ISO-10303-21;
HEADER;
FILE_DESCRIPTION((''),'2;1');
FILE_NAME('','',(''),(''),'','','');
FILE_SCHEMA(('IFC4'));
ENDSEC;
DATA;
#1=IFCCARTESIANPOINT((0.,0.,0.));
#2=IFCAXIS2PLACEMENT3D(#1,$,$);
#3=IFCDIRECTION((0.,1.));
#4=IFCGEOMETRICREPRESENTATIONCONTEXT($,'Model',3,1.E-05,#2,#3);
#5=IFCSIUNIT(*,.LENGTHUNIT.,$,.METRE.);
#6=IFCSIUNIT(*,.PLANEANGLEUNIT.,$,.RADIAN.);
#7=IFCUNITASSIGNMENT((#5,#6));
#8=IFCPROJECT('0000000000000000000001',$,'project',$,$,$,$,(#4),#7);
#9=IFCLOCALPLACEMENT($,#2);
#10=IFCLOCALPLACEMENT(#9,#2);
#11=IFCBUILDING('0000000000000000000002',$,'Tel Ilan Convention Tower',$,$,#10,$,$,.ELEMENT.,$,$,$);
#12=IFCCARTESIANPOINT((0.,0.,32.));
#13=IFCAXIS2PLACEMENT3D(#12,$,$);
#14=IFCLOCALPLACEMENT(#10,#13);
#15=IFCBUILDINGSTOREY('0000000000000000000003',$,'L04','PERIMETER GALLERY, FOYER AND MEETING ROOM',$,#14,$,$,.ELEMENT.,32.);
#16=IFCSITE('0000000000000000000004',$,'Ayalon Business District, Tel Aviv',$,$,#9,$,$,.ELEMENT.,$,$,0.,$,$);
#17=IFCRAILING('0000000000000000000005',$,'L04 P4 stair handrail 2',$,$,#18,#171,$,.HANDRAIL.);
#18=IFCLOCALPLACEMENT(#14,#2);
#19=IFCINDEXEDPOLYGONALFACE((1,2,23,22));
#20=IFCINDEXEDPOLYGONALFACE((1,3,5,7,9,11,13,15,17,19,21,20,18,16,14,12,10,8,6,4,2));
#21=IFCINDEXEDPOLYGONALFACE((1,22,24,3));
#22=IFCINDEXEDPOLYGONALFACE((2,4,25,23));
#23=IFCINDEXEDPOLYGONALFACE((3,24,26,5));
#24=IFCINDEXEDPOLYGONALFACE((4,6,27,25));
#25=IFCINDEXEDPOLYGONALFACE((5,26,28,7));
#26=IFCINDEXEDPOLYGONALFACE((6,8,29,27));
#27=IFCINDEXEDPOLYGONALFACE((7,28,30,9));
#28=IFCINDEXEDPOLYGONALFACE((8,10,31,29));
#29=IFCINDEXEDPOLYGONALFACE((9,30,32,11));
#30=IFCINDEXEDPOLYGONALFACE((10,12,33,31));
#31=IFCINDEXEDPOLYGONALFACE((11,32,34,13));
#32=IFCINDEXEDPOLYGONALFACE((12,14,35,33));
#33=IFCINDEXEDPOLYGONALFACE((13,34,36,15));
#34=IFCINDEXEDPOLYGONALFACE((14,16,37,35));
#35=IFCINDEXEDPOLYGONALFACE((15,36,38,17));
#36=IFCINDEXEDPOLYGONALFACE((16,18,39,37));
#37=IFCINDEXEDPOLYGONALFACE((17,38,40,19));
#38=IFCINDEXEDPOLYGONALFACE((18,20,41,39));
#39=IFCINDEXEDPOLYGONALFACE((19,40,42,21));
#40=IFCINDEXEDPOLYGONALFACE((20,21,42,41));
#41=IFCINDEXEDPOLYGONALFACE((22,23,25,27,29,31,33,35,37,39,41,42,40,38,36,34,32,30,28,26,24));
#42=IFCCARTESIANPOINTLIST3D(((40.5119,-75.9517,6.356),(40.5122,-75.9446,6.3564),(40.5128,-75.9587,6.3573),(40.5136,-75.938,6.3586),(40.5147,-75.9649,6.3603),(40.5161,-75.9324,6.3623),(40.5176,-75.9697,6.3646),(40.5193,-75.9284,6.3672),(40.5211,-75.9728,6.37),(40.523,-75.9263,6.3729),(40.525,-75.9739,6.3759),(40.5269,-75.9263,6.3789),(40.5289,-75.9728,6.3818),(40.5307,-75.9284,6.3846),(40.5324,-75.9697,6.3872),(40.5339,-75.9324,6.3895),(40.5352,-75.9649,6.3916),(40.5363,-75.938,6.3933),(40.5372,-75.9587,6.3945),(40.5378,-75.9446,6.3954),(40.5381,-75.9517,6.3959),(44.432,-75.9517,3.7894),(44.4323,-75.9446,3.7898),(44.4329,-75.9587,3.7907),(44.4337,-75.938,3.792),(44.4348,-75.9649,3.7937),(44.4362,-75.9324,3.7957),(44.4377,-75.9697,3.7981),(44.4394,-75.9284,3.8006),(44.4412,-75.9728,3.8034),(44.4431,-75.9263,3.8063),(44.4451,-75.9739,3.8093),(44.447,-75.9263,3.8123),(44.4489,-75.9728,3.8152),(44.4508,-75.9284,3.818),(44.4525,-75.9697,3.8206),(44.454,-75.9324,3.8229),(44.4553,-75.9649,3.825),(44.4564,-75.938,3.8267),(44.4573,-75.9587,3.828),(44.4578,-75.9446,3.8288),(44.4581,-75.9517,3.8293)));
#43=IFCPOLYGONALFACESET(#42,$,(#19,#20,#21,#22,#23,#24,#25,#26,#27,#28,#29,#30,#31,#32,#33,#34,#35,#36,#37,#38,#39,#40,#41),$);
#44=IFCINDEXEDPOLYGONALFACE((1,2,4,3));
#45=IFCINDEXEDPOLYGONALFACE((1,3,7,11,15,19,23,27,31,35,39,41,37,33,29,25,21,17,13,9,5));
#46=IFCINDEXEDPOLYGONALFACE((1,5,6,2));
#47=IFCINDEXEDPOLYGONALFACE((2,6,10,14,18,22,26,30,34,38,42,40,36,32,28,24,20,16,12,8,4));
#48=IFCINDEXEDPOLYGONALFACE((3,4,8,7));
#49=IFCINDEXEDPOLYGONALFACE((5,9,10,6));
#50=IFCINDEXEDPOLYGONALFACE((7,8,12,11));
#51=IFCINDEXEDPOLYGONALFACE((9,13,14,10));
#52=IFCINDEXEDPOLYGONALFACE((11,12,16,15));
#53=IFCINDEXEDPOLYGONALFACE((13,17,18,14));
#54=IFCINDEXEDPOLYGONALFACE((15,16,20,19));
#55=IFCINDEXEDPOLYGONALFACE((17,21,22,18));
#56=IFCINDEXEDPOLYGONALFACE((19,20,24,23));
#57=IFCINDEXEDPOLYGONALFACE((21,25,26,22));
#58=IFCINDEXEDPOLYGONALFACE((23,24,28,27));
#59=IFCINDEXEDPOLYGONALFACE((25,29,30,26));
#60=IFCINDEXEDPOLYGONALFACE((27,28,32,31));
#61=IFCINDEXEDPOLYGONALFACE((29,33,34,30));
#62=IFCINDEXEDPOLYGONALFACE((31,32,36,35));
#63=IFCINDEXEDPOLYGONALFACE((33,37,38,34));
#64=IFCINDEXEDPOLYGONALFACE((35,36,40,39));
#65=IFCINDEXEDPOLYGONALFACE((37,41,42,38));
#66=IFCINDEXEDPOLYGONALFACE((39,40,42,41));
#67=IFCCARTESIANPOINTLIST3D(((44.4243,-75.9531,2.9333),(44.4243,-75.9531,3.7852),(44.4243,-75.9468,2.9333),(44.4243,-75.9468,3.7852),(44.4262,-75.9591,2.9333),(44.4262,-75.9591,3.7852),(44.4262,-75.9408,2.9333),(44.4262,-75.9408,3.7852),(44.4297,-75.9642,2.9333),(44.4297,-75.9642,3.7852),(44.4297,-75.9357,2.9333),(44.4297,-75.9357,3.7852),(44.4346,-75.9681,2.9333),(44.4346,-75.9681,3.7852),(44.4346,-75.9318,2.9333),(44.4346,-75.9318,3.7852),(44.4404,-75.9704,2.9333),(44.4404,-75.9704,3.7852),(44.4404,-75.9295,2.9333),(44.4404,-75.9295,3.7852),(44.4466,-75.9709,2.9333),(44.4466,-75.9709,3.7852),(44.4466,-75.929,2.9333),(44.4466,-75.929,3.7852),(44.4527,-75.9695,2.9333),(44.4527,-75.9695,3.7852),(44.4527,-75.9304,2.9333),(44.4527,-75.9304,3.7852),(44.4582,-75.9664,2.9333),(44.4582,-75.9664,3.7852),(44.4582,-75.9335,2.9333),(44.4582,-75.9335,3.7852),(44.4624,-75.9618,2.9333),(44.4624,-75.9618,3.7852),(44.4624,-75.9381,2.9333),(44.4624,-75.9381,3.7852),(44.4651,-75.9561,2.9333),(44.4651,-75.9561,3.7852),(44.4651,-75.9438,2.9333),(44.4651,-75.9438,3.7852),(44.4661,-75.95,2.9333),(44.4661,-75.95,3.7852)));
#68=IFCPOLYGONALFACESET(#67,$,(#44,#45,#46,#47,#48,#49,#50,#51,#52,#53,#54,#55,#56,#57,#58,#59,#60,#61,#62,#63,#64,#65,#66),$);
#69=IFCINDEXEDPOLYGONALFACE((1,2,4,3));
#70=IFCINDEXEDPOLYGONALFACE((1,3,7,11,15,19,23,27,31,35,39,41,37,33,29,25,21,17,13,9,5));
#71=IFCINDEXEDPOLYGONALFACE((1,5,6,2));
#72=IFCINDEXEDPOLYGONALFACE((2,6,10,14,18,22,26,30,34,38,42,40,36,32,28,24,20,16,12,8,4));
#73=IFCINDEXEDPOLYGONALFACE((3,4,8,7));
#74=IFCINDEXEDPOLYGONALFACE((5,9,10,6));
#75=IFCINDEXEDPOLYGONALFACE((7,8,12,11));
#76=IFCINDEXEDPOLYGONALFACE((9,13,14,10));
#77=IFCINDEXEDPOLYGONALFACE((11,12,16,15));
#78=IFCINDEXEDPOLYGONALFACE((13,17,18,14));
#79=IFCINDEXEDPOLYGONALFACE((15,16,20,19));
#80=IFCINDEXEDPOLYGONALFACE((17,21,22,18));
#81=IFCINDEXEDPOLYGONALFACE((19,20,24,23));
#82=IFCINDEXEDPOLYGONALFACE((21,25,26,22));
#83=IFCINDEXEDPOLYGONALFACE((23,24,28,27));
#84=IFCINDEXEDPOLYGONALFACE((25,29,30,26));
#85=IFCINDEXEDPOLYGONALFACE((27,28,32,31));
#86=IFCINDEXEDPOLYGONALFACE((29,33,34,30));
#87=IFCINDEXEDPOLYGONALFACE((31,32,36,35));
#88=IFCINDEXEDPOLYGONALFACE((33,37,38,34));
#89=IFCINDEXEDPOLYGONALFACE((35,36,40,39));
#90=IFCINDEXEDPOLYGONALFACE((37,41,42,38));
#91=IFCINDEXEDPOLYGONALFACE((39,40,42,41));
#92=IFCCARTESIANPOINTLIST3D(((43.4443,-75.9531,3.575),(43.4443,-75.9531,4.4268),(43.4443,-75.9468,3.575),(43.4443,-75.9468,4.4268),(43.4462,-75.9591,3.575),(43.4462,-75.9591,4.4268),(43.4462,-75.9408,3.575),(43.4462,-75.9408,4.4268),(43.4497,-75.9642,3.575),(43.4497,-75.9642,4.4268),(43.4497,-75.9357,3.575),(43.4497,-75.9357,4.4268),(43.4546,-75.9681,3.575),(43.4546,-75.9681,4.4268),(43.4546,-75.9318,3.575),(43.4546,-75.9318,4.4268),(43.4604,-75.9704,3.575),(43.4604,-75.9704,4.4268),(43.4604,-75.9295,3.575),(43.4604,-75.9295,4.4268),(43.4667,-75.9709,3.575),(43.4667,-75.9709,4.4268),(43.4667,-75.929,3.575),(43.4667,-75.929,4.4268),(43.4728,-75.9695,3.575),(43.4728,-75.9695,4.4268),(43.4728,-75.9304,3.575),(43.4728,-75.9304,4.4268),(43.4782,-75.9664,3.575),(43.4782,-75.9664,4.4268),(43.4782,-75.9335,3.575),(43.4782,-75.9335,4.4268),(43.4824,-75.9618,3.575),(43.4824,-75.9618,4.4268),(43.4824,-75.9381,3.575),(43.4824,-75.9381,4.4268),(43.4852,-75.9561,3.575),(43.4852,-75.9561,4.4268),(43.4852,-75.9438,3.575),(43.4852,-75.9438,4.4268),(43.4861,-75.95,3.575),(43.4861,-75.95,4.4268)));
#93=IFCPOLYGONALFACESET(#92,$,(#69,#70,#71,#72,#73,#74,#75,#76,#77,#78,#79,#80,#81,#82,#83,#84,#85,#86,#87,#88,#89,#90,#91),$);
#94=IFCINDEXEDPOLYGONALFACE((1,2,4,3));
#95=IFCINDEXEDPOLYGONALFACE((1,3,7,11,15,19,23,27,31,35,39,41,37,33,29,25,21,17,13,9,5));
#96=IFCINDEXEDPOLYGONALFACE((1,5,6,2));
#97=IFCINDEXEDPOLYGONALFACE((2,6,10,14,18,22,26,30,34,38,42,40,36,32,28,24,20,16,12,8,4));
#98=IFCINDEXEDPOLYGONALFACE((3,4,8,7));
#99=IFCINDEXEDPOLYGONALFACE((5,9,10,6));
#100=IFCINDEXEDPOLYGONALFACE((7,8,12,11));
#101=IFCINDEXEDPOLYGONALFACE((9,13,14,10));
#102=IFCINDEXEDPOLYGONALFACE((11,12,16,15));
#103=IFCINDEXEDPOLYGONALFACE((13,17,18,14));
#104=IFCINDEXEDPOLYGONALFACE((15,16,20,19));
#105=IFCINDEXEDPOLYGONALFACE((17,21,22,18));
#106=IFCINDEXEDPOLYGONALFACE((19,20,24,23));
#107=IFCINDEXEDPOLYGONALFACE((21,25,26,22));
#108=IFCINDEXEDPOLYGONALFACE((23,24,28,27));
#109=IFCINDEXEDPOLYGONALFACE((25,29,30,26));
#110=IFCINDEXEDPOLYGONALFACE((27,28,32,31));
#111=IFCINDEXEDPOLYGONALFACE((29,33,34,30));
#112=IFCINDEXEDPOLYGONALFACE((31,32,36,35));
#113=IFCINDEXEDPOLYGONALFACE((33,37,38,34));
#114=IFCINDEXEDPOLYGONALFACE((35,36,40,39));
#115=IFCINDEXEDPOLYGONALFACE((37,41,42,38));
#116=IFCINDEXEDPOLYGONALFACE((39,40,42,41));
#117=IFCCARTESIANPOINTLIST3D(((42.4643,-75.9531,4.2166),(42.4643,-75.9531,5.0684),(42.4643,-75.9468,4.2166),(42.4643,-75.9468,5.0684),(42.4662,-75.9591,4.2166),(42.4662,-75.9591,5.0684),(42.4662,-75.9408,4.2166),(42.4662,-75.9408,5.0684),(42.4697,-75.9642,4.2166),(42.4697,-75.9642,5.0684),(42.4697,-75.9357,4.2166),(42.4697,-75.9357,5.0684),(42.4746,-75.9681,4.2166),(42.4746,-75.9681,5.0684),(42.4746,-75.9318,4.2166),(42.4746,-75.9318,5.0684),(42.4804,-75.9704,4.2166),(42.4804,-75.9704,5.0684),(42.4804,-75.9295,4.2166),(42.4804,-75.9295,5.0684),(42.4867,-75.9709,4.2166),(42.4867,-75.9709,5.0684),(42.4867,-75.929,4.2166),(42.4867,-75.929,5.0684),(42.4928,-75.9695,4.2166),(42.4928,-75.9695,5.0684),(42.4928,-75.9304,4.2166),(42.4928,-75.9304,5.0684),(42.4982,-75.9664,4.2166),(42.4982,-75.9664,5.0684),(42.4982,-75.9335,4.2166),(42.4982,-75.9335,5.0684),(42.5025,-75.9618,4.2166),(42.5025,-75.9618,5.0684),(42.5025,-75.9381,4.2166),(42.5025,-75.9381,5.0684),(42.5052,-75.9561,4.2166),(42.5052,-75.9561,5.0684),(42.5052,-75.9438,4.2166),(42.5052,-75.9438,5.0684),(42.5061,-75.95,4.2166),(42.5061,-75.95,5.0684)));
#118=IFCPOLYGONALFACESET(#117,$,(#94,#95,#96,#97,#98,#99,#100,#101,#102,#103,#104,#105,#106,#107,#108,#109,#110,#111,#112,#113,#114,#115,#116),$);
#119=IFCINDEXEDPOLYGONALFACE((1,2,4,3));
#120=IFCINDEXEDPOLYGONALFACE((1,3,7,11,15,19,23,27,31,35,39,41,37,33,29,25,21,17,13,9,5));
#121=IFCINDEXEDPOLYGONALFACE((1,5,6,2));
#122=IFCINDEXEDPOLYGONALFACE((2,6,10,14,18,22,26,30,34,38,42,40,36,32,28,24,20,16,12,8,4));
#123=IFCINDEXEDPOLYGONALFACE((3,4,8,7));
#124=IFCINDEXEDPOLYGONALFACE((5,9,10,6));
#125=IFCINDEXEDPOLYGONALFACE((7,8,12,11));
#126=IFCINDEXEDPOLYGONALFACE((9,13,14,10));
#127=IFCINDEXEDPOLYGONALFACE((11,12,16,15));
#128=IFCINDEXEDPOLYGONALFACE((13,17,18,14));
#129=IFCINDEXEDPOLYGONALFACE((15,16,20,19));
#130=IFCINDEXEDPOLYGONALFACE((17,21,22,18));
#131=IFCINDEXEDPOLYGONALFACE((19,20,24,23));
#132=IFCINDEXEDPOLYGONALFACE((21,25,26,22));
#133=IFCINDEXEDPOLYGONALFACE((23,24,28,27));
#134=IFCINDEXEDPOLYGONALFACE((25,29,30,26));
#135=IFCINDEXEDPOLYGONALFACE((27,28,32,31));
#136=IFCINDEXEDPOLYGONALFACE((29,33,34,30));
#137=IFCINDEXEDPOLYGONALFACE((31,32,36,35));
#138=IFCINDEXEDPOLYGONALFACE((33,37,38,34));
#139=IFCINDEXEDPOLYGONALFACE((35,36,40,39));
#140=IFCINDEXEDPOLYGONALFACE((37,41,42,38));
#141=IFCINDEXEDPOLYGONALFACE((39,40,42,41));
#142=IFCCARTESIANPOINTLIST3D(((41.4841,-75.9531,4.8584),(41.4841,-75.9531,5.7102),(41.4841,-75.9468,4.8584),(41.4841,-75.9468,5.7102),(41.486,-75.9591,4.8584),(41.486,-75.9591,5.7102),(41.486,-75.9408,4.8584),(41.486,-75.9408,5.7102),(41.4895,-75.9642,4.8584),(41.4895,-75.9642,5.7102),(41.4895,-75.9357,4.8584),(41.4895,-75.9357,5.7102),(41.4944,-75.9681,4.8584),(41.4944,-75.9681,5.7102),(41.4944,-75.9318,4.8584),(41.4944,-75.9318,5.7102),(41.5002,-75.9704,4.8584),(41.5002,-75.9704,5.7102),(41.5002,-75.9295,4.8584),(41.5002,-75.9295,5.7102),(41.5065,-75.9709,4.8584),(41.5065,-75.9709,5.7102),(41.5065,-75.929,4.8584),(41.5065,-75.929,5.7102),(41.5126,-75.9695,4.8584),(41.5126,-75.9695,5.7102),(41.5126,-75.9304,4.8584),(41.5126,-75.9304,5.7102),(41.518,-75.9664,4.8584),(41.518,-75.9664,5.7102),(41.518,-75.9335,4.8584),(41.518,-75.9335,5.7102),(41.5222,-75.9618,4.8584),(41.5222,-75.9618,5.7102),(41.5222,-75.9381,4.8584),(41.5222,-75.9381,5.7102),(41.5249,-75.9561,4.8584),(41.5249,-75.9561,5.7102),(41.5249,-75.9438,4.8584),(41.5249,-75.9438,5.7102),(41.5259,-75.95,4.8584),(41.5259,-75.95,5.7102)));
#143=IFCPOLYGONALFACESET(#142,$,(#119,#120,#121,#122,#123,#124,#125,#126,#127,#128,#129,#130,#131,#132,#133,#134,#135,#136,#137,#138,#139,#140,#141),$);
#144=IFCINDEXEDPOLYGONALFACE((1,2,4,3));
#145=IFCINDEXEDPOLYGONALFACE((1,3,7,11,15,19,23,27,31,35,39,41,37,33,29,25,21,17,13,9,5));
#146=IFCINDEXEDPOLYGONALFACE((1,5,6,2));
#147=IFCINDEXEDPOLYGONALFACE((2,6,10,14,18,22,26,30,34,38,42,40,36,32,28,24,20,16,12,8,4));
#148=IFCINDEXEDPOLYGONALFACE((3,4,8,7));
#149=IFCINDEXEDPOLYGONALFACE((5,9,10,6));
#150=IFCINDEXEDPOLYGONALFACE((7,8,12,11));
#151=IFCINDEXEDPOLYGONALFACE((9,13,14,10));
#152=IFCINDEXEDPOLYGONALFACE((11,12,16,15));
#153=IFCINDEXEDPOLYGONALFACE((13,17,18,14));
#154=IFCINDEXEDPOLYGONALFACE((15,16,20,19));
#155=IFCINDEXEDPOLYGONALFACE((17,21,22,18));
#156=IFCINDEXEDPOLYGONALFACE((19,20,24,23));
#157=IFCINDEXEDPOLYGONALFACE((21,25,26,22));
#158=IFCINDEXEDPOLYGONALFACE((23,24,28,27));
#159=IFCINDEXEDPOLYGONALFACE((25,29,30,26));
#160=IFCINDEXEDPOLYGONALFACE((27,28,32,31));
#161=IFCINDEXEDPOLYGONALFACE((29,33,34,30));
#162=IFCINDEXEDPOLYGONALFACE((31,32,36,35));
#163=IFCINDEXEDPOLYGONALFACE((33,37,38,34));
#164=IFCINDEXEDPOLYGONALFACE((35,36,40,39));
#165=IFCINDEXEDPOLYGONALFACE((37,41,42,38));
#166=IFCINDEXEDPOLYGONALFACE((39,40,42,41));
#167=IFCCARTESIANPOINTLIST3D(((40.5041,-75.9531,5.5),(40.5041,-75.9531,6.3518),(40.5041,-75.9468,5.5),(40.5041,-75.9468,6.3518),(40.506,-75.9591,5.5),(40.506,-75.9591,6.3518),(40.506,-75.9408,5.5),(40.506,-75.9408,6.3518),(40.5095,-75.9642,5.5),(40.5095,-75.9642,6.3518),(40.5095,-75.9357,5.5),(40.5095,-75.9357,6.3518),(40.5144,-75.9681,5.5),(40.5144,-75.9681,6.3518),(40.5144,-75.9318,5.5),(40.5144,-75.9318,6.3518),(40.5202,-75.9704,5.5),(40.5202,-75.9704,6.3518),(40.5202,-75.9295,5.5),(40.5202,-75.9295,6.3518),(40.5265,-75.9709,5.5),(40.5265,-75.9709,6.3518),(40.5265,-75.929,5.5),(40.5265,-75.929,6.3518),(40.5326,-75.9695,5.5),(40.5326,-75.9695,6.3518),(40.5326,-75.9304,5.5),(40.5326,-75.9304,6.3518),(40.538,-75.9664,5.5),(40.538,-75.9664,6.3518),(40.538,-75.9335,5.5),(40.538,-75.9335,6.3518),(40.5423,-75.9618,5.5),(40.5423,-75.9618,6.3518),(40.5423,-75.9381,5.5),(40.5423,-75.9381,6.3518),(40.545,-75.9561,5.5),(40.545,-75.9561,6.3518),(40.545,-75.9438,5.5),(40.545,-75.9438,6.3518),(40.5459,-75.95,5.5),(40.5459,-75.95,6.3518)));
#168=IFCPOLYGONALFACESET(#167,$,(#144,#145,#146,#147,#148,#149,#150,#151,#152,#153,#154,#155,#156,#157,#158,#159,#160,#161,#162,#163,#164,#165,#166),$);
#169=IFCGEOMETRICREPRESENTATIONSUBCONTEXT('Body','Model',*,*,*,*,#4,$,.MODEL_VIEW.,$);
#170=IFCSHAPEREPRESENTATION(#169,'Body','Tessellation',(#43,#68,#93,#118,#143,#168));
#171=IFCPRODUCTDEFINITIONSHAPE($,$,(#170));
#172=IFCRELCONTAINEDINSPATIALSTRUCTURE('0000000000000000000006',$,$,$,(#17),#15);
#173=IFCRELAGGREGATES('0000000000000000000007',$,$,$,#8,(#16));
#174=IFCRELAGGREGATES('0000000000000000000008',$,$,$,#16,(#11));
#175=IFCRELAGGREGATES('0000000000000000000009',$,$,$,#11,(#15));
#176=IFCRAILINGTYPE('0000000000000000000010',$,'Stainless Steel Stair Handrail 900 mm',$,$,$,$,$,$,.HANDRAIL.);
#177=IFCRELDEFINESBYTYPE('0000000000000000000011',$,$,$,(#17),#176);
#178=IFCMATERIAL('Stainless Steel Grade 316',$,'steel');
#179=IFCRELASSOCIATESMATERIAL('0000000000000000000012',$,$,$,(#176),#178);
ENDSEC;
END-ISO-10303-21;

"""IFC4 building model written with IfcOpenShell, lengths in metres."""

from ifc_helpers import new_model, si_unit, direction, frame, origin, origin_2d, place, context, subcontext, project, spatial, circle, extrude, material, type_object, element, save


model = new_model("IFC4")

# Units and contexts
model_context = context("Model", 3, precision=1e-05, world=origin(), true_north=direction((0.0, 1.0)))
body_context = subcontext(model_context, "Body", "Model", "MODEL_VIEW")
ifc_project = project(units=[si_unit("LENGTHUNIT", "METRE"), si_unit("PLANEANGLEUNIT", "RADIAN")], contexts=[model_context])

# Site, building, storey
site_placement = place(None, origin())
site = spatial("IfcSite", under=ifc_project, at=site_placement, Name="Ayalon Business District, Tel Aviv", CompositionType="ELEMENT", RefElevation=0.0)
building_placement = place(site_placement, origin())
building = spatial("IfcBuilding", under=site, at=building_placement, Name="Tel Ilan Convention Tower", CompositionType="ELEMENT")
storey_placement = place(building_placement, frame((0.0, 0.0, 32.0)))
storey = spatial("IfcBuildingStorey", under=building, at=storey_placement, Name="L04", Description="PERIMETER GALLERY, FOYER AND MEETING ROOM", CompositionType="ELEMENT", Elevation=32.0)

# Railing
ifc_material_1 = material(Name="Stainless Steel Grade 316", Category="steel")
railing_type_1 = type_object("IfcRailingType", Name="Stainless Steel Stair Handrail 900 mm", PredefinedType="HANDRAIL", material=ifc_material_1)
railing_1_placement = place(storey_placement, frame((44.4451, -75.95, 2.9333)))
element("IfcRailing", 1, at=railing_1_placement, inside=storey, type_object=railing_type_1, Name="L04 P4 stair handrail 2", PredefinedType="HANDRAIL", context=body_context, shape_type="SweptSolid", body=[
    extrude(circle(Radius=0.0239, at=origin_2d()), frame((0.0, 0.0, 0.876), z_axis=(-0.836631, 0.0, 0.547767), x_axis=(0.0, -1.0, 0.0)), (0.0, 0.0, 1.0), 4.6855),
    extrude(circle(Radius=0.021, at=origin_2d()), origin(), (0.0, 0.0, 1.0), 0.8518),
    extrude(circle(Radius=0.021, at=origin_2d()), frame((-0.98, 0.0, 0.6416)), (0.0, 0.0, 1.0), 0.8518),
    extrude(circle(Radius=0.021, at=origin_2d()), frame((-1.96, 0.0, 1.2832)), (0.0, 0.0, 1.0), 0.8518),
    extrude(circle(Radius=0.021, at=origin_2d()), frame((-2.9402, 0.0, 1.925)), (0.0, 0.0, 1.0), 0.8518),
    extrude(circle(Radius=0.021, at=origin_2d()), frame((-3.9202, 0.0, 2.5667)), (0.0, 0.0, 1.0), 0.8518),
])

save(model, "model.ifc")
